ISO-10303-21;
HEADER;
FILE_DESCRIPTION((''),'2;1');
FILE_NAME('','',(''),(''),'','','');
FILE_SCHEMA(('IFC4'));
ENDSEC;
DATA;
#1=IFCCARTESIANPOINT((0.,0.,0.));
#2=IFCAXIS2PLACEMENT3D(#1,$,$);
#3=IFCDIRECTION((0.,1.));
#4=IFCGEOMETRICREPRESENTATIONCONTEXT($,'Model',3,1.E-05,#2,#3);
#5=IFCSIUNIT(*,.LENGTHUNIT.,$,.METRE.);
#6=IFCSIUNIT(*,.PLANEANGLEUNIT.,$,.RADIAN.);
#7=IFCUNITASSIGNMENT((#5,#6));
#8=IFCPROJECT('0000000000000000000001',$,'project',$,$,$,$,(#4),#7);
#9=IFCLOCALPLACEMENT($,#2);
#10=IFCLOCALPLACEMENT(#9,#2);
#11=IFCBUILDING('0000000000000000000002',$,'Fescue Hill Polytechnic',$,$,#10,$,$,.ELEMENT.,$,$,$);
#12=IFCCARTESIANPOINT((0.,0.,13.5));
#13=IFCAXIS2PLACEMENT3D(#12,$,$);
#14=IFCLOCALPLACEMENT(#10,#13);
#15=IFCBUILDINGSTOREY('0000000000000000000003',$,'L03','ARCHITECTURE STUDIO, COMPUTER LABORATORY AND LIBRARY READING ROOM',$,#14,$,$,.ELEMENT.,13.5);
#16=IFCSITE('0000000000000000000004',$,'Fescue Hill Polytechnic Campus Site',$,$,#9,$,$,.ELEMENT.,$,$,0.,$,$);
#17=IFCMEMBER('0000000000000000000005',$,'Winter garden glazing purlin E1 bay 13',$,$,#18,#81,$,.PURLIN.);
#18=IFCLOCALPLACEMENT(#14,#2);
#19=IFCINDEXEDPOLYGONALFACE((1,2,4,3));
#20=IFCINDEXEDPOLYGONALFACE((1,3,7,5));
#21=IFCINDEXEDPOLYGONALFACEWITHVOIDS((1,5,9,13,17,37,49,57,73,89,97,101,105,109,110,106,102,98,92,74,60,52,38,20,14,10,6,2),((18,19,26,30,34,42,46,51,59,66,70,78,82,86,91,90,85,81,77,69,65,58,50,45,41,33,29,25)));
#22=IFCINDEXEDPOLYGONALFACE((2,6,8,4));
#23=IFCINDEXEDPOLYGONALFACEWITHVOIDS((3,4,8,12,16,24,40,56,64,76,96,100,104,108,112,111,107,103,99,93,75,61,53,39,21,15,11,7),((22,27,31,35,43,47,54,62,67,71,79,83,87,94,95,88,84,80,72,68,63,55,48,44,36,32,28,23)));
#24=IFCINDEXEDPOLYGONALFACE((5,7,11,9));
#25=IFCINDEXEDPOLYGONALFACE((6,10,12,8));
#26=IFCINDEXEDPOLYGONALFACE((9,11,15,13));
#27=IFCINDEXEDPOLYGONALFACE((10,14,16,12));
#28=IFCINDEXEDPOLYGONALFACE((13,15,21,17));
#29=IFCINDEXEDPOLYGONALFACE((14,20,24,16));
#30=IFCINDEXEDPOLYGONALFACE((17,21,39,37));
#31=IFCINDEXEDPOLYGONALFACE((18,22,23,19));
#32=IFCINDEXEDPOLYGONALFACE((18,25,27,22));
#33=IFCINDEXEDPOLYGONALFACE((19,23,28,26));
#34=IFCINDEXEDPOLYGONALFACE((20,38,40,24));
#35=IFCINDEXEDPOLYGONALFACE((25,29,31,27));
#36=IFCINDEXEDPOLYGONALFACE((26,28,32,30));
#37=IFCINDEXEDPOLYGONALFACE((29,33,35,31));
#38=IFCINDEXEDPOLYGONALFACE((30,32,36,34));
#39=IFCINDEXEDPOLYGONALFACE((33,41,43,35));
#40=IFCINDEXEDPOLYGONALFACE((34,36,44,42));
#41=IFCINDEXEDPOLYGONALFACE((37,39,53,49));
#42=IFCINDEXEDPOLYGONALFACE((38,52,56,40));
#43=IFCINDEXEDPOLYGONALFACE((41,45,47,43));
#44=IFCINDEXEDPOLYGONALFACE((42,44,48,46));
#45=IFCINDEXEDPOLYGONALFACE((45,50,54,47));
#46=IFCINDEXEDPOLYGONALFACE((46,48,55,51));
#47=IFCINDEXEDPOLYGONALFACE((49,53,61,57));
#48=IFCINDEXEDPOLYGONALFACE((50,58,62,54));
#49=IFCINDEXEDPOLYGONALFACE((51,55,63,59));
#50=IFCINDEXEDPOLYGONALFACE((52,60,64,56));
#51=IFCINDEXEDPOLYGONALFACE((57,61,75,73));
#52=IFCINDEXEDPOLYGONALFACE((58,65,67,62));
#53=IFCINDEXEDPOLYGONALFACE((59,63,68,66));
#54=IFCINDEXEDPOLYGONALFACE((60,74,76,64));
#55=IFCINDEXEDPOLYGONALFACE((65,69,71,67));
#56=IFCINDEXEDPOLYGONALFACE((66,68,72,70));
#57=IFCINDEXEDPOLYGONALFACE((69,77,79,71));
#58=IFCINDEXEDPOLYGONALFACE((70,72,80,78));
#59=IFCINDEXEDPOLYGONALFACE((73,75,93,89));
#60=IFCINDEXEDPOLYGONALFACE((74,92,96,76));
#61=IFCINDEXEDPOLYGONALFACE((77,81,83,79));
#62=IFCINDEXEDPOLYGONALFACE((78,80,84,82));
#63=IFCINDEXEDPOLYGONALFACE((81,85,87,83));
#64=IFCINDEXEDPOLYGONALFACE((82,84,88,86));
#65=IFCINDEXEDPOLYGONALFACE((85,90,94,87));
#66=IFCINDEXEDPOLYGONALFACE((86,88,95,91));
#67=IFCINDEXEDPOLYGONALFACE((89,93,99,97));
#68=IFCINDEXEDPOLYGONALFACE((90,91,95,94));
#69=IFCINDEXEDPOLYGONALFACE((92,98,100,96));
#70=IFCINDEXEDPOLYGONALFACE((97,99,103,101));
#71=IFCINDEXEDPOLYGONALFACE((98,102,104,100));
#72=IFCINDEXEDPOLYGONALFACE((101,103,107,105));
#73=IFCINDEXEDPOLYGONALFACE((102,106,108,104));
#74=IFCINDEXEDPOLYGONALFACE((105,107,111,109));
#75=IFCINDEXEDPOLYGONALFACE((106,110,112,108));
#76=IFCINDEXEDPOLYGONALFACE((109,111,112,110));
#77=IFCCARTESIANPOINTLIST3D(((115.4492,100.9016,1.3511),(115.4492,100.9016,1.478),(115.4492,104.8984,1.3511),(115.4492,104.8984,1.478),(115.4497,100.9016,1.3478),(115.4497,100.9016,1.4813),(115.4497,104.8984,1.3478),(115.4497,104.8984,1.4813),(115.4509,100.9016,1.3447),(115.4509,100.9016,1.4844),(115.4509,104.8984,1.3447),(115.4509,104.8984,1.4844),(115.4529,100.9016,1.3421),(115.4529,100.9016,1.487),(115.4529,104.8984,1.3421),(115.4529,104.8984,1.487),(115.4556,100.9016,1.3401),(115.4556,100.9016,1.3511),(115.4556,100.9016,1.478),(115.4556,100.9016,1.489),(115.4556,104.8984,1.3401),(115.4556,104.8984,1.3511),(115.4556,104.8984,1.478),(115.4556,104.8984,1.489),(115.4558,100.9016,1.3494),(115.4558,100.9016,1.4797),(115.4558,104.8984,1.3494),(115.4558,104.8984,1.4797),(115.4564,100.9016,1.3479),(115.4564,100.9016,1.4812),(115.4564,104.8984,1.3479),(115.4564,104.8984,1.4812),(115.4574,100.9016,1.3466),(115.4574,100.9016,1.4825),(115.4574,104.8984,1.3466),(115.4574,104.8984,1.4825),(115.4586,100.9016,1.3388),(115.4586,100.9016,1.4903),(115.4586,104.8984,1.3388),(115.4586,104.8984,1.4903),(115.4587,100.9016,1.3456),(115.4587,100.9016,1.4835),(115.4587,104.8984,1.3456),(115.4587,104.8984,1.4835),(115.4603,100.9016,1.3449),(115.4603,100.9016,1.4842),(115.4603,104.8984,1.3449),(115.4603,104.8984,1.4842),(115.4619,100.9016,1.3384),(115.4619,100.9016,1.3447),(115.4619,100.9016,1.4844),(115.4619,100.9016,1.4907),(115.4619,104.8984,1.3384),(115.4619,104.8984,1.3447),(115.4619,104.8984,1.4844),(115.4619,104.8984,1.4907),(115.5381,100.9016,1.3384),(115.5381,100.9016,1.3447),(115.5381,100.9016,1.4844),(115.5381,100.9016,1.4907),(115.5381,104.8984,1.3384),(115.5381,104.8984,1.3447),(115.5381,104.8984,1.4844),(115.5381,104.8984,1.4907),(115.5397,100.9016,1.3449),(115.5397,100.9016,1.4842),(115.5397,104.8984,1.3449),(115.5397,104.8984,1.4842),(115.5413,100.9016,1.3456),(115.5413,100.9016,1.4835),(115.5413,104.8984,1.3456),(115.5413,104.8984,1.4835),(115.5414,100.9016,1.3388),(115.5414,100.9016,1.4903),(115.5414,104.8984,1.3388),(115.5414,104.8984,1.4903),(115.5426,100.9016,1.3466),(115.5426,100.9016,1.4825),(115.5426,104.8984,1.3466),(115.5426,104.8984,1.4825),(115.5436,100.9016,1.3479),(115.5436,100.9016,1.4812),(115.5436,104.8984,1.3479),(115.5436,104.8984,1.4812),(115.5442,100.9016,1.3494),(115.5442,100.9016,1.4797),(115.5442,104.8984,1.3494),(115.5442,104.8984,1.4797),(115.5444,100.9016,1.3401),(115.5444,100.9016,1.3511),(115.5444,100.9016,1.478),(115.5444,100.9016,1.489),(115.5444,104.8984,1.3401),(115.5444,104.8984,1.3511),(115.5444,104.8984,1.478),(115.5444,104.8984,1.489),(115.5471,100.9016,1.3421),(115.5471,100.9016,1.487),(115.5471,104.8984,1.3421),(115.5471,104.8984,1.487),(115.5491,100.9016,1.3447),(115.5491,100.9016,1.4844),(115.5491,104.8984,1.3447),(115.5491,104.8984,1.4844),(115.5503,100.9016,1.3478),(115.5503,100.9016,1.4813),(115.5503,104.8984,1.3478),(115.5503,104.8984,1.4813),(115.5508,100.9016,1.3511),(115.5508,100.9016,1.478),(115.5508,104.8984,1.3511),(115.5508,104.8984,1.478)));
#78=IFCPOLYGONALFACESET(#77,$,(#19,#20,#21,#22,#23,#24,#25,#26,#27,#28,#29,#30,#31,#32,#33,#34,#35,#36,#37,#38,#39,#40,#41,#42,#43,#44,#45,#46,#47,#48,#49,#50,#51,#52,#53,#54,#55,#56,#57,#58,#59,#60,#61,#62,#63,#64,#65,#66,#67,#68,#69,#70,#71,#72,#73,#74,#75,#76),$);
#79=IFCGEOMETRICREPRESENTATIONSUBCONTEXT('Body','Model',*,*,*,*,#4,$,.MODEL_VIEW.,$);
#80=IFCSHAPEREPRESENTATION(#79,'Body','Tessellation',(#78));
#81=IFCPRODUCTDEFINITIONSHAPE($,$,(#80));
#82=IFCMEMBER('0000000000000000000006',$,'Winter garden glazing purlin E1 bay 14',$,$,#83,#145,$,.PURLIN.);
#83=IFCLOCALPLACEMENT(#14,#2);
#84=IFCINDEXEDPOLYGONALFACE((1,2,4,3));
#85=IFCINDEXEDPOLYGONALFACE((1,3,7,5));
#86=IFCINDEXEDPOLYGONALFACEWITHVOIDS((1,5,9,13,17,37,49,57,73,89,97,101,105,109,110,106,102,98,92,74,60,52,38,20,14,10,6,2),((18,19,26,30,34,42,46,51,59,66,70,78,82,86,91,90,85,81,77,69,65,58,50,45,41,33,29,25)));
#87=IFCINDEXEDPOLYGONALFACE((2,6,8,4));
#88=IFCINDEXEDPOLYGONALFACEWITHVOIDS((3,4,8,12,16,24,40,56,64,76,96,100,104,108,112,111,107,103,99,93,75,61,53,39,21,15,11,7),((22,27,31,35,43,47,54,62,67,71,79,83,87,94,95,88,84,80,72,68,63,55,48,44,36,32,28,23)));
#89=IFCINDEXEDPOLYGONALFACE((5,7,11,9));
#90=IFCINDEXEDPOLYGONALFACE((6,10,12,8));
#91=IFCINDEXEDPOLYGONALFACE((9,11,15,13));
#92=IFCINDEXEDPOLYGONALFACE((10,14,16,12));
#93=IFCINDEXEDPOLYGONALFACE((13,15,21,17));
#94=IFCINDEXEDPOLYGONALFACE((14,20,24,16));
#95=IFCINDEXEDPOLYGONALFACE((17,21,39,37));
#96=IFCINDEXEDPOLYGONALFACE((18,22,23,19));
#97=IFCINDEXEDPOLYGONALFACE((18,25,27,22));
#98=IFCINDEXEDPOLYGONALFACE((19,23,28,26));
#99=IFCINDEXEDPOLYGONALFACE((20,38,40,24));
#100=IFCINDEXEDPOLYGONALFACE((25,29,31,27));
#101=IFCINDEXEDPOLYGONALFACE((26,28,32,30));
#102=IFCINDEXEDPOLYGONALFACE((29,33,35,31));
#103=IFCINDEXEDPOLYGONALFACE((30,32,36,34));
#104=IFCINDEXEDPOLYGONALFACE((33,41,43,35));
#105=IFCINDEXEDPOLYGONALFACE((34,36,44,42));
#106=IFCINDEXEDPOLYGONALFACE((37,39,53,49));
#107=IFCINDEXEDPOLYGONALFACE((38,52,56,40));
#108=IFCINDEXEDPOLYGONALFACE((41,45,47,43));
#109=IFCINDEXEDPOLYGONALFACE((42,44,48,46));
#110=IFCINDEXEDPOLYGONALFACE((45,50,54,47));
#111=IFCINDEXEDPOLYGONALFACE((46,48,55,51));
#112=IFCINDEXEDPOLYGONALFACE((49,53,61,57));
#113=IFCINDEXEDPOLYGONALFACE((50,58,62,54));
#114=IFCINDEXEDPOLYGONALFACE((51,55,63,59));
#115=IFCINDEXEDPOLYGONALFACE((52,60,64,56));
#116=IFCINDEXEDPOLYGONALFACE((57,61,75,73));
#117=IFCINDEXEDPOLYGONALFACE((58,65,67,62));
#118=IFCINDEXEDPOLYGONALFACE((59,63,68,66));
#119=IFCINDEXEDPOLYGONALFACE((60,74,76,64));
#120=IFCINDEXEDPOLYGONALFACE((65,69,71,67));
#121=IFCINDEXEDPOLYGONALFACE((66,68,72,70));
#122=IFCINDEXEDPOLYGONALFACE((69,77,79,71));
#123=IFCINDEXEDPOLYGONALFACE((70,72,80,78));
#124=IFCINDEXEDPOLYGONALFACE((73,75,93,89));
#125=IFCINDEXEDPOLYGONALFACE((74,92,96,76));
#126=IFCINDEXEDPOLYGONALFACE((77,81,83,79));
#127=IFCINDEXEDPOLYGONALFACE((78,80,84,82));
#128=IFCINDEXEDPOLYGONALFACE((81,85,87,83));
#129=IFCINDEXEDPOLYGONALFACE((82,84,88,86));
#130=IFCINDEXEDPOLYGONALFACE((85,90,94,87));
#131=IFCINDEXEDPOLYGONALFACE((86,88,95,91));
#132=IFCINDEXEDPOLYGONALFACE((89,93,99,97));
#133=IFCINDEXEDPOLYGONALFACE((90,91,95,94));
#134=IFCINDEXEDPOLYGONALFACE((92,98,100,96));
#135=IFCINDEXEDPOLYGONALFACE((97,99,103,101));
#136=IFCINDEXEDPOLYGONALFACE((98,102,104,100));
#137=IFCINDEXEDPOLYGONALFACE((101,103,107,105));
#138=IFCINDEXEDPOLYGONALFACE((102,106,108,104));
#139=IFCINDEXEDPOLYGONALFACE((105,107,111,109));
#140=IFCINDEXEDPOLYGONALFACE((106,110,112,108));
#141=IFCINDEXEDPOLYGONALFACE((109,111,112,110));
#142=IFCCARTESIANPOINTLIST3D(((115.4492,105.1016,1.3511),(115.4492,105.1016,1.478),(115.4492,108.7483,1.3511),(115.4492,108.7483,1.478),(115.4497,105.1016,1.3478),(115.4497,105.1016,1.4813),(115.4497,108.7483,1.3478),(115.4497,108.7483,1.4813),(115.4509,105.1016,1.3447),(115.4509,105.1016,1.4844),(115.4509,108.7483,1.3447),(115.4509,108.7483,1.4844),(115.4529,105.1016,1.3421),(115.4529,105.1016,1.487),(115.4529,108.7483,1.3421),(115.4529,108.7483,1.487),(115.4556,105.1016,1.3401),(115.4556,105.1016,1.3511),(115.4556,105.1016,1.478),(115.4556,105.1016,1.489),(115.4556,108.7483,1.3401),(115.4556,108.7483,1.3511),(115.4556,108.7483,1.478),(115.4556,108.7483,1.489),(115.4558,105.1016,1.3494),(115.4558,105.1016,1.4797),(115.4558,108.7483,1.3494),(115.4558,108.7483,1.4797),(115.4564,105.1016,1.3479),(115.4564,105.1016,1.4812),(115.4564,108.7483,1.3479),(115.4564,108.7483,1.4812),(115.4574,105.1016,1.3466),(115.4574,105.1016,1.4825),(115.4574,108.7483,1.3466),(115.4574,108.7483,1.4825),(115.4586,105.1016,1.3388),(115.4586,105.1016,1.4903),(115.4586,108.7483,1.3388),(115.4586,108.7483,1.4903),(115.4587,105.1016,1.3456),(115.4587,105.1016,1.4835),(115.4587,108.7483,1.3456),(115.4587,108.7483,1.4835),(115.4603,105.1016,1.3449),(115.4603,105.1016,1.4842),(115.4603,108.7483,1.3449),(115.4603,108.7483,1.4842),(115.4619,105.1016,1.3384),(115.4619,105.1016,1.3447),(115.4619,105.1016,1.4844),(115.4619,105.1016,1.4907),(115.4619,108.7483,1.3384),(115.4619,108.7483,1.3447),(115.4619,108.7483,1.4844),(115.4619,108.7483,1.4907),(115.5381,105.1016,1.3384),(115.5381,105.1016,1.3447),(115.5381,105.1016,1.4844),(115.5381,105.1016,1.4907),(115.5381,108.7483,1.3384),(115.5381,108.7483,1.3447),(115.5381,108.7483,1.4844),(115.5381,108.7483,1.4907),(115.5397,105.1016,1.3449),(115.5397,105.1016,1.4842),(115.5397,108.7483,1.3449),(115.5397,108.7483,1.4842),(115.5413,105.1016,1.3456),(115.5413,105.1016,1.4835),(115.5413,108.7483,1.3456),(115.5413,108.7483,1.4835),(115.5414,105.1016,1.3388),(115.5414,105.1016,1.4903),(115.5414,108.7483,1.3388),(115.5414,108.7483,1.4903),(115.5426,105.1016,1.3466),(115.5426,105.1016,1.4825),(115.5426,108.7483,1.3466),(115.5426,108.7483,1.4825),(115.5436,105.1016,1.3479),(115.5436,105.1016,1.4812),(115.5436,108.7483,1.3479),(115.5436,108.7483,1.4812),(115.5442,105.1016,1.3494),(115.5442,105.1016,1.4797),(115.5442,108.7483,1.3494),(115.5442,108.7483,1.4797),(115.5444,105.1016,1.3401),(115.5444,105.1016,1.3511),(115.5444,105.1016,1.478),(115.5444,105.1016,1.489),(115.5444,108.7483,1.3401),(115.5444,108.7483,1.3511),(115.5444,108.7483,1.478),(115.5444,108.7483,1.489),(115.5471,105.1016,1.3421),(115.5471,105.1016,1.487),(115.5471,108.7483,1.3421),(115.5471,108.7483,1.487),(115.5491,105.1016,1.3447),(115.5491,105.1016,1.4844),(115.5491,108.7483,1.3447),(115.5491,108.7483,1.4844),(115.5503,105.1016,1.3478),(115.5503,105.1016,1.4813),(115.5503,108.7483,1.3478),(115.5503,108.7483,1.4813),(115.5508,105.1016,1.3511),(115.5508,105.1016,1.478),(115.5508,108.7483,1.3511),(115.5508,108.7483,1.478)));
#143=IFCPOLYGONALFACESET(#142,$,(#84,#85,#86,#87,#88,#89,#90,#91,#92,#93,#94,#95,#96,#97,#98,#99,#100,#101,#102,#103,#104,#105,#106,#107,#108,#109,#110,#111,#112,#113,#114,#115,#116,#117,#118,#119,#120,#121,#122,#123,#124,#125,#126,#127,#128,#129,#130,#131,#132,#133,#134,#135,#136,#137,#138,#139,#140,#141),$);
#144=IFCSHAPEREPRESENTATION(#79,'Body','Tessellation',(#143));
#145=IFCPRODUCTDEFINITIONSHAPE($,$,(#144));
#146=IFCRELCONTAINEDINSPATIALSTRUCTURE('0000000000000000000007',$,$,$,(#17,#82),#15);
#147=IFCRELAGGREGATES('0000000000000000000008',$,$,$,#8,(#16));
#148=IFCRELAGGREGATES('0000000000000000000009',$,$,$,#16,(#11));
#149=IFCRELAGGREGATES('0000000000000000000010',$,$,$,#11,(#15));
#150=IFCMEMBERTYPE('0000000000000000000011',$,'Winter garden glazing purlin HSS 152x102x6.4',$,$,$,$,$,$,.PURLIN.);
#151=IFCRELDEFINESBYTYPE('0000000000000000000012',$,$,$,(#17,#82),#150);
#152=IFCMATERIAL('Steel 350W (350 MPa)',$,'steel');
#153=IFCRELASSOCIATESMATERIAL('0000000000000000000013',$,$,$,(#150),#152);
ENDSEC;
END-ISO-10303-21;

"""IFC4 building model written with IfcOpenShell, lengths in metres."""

from ifc_helpers import new_model, si_unit, direction, frame, origin, origin_2d, place, context, subcontext, project, spatial, hollow_rectangle, extrude, material, material_profile, profile_set, type_object, element, save


model = new_model("IFC4")

# Units and contexts
model_context = context("Model", 3, precision=1e-05, world=origin(), true_north=direction((0.0, 1.0)))
body_context = subcontext(model_context, "Body", "Model", "MODEL_VIEW")
ifc_project = project(units=[si_unit("LENGTHUNIT", "METRE"), si_unit("PLANEANGLEUNIT", "RADIAN")], contexts=[model_context])

# Site, building, storey
site_placement = place(None, origin())
site = spatial("IfcSite", under=ifc_project, at=site_placement, Name="Fescue Hill Polytechnic Campus Site", CompositionType="ELEMENT", RefElevation=0.0)
building_placement = place(site_placement, origin())
building = spatial("IfcBuilding", under=site, at=building_placement, Name="Fescue Hill Polytechnic", CompositionType="ELEMENT")
storey_placement = place(building_placement, frame((0.0, 0.0, 13.5)))
storey = spatial("IfcBuildingStorey", under=building, at=storey_placement, Name="L03", Description="ARCHITECTURE STUDIO, COMPUTER LABORATORY AND LIBRARY READING ROOM", CompositionType="ELEMENT", Elevation=13.5)

# Members
ifc_material_1 = material(Name="Steel 350W (350 MPa)", Category="steel")
ifc_material_profile_1 = material_profile(ifc_material_1, hollow_rectangle(XDim=0.1016, YDim=0.1523, WallThickness=0.0063, InnerFilletRadius=0.0063, OuterFilletRadius=0.0127, at=origin_2d()), Name="Winter garden glazing purlin HSS 152x102x6.4")
ifc_profile_set_1 = profile_set([ifc_material_profile_1], Name="Steel 350W (350 MPa)")
member_type_1 = type_object("IfcMemberType", Name="Winter garden glazing purlin HSS 152x102x6.4", PredefinedType="PURLIN", material=ifc_profile_set_1)
member_1_placement = place(storey_placement, frame((115.5, 100.9016, 1.4146), z_axis=(0.0, 1.0, 0.0), x_axis=(-1.0, 0.0, 0.0)))
element("IfcMember", 1, at=member_1_placement, inside=storey, type_object=member_type_1, Name="Winter garden glazing purlin E1 bay 13", PredefinedType="PURLIN", context=body_context, shape_type="SweptSolid", body=[
    extrude(hollow_rectangle(XDim=0.1016, YDim=0.1523, WallThickness=0.0063, InnerFilletRadius=0.0063, OuterFilletRadius=0.0127, at=origin_2d()), origin(), (0.0, 0.0, 1.0), 3.9968),
])
for number, where, z_axis, x_axis, name in (
    (2, (115.5, 105.1016, 1.4146), (0.0, 1.0, 0.0), (-1.0, 0.0, 0.0), "Winter garden glazing purlin E1 bay 14"),
):
    element("IfcMember", number, at=place(storey_placement, frame(where, z_axis=z_axis, x_axis=x_axis)), inside=storey, type_object=member_type_1, Name=name, PredefinedType="PURLIN", context=body_context, shape_type="SweptSolid", body=[
        extrude(hollow_rectangle(XDim=0.1016, YDim=0.1523, WallThickness=0.0063, InnerFilletRadius=0.0063, OuterFilletRadius=0.0127, at=origin_2d()), origin(), (0.0, 0.0, 1.0), 3.6467),
    ])

save(model, "model.ifc")
